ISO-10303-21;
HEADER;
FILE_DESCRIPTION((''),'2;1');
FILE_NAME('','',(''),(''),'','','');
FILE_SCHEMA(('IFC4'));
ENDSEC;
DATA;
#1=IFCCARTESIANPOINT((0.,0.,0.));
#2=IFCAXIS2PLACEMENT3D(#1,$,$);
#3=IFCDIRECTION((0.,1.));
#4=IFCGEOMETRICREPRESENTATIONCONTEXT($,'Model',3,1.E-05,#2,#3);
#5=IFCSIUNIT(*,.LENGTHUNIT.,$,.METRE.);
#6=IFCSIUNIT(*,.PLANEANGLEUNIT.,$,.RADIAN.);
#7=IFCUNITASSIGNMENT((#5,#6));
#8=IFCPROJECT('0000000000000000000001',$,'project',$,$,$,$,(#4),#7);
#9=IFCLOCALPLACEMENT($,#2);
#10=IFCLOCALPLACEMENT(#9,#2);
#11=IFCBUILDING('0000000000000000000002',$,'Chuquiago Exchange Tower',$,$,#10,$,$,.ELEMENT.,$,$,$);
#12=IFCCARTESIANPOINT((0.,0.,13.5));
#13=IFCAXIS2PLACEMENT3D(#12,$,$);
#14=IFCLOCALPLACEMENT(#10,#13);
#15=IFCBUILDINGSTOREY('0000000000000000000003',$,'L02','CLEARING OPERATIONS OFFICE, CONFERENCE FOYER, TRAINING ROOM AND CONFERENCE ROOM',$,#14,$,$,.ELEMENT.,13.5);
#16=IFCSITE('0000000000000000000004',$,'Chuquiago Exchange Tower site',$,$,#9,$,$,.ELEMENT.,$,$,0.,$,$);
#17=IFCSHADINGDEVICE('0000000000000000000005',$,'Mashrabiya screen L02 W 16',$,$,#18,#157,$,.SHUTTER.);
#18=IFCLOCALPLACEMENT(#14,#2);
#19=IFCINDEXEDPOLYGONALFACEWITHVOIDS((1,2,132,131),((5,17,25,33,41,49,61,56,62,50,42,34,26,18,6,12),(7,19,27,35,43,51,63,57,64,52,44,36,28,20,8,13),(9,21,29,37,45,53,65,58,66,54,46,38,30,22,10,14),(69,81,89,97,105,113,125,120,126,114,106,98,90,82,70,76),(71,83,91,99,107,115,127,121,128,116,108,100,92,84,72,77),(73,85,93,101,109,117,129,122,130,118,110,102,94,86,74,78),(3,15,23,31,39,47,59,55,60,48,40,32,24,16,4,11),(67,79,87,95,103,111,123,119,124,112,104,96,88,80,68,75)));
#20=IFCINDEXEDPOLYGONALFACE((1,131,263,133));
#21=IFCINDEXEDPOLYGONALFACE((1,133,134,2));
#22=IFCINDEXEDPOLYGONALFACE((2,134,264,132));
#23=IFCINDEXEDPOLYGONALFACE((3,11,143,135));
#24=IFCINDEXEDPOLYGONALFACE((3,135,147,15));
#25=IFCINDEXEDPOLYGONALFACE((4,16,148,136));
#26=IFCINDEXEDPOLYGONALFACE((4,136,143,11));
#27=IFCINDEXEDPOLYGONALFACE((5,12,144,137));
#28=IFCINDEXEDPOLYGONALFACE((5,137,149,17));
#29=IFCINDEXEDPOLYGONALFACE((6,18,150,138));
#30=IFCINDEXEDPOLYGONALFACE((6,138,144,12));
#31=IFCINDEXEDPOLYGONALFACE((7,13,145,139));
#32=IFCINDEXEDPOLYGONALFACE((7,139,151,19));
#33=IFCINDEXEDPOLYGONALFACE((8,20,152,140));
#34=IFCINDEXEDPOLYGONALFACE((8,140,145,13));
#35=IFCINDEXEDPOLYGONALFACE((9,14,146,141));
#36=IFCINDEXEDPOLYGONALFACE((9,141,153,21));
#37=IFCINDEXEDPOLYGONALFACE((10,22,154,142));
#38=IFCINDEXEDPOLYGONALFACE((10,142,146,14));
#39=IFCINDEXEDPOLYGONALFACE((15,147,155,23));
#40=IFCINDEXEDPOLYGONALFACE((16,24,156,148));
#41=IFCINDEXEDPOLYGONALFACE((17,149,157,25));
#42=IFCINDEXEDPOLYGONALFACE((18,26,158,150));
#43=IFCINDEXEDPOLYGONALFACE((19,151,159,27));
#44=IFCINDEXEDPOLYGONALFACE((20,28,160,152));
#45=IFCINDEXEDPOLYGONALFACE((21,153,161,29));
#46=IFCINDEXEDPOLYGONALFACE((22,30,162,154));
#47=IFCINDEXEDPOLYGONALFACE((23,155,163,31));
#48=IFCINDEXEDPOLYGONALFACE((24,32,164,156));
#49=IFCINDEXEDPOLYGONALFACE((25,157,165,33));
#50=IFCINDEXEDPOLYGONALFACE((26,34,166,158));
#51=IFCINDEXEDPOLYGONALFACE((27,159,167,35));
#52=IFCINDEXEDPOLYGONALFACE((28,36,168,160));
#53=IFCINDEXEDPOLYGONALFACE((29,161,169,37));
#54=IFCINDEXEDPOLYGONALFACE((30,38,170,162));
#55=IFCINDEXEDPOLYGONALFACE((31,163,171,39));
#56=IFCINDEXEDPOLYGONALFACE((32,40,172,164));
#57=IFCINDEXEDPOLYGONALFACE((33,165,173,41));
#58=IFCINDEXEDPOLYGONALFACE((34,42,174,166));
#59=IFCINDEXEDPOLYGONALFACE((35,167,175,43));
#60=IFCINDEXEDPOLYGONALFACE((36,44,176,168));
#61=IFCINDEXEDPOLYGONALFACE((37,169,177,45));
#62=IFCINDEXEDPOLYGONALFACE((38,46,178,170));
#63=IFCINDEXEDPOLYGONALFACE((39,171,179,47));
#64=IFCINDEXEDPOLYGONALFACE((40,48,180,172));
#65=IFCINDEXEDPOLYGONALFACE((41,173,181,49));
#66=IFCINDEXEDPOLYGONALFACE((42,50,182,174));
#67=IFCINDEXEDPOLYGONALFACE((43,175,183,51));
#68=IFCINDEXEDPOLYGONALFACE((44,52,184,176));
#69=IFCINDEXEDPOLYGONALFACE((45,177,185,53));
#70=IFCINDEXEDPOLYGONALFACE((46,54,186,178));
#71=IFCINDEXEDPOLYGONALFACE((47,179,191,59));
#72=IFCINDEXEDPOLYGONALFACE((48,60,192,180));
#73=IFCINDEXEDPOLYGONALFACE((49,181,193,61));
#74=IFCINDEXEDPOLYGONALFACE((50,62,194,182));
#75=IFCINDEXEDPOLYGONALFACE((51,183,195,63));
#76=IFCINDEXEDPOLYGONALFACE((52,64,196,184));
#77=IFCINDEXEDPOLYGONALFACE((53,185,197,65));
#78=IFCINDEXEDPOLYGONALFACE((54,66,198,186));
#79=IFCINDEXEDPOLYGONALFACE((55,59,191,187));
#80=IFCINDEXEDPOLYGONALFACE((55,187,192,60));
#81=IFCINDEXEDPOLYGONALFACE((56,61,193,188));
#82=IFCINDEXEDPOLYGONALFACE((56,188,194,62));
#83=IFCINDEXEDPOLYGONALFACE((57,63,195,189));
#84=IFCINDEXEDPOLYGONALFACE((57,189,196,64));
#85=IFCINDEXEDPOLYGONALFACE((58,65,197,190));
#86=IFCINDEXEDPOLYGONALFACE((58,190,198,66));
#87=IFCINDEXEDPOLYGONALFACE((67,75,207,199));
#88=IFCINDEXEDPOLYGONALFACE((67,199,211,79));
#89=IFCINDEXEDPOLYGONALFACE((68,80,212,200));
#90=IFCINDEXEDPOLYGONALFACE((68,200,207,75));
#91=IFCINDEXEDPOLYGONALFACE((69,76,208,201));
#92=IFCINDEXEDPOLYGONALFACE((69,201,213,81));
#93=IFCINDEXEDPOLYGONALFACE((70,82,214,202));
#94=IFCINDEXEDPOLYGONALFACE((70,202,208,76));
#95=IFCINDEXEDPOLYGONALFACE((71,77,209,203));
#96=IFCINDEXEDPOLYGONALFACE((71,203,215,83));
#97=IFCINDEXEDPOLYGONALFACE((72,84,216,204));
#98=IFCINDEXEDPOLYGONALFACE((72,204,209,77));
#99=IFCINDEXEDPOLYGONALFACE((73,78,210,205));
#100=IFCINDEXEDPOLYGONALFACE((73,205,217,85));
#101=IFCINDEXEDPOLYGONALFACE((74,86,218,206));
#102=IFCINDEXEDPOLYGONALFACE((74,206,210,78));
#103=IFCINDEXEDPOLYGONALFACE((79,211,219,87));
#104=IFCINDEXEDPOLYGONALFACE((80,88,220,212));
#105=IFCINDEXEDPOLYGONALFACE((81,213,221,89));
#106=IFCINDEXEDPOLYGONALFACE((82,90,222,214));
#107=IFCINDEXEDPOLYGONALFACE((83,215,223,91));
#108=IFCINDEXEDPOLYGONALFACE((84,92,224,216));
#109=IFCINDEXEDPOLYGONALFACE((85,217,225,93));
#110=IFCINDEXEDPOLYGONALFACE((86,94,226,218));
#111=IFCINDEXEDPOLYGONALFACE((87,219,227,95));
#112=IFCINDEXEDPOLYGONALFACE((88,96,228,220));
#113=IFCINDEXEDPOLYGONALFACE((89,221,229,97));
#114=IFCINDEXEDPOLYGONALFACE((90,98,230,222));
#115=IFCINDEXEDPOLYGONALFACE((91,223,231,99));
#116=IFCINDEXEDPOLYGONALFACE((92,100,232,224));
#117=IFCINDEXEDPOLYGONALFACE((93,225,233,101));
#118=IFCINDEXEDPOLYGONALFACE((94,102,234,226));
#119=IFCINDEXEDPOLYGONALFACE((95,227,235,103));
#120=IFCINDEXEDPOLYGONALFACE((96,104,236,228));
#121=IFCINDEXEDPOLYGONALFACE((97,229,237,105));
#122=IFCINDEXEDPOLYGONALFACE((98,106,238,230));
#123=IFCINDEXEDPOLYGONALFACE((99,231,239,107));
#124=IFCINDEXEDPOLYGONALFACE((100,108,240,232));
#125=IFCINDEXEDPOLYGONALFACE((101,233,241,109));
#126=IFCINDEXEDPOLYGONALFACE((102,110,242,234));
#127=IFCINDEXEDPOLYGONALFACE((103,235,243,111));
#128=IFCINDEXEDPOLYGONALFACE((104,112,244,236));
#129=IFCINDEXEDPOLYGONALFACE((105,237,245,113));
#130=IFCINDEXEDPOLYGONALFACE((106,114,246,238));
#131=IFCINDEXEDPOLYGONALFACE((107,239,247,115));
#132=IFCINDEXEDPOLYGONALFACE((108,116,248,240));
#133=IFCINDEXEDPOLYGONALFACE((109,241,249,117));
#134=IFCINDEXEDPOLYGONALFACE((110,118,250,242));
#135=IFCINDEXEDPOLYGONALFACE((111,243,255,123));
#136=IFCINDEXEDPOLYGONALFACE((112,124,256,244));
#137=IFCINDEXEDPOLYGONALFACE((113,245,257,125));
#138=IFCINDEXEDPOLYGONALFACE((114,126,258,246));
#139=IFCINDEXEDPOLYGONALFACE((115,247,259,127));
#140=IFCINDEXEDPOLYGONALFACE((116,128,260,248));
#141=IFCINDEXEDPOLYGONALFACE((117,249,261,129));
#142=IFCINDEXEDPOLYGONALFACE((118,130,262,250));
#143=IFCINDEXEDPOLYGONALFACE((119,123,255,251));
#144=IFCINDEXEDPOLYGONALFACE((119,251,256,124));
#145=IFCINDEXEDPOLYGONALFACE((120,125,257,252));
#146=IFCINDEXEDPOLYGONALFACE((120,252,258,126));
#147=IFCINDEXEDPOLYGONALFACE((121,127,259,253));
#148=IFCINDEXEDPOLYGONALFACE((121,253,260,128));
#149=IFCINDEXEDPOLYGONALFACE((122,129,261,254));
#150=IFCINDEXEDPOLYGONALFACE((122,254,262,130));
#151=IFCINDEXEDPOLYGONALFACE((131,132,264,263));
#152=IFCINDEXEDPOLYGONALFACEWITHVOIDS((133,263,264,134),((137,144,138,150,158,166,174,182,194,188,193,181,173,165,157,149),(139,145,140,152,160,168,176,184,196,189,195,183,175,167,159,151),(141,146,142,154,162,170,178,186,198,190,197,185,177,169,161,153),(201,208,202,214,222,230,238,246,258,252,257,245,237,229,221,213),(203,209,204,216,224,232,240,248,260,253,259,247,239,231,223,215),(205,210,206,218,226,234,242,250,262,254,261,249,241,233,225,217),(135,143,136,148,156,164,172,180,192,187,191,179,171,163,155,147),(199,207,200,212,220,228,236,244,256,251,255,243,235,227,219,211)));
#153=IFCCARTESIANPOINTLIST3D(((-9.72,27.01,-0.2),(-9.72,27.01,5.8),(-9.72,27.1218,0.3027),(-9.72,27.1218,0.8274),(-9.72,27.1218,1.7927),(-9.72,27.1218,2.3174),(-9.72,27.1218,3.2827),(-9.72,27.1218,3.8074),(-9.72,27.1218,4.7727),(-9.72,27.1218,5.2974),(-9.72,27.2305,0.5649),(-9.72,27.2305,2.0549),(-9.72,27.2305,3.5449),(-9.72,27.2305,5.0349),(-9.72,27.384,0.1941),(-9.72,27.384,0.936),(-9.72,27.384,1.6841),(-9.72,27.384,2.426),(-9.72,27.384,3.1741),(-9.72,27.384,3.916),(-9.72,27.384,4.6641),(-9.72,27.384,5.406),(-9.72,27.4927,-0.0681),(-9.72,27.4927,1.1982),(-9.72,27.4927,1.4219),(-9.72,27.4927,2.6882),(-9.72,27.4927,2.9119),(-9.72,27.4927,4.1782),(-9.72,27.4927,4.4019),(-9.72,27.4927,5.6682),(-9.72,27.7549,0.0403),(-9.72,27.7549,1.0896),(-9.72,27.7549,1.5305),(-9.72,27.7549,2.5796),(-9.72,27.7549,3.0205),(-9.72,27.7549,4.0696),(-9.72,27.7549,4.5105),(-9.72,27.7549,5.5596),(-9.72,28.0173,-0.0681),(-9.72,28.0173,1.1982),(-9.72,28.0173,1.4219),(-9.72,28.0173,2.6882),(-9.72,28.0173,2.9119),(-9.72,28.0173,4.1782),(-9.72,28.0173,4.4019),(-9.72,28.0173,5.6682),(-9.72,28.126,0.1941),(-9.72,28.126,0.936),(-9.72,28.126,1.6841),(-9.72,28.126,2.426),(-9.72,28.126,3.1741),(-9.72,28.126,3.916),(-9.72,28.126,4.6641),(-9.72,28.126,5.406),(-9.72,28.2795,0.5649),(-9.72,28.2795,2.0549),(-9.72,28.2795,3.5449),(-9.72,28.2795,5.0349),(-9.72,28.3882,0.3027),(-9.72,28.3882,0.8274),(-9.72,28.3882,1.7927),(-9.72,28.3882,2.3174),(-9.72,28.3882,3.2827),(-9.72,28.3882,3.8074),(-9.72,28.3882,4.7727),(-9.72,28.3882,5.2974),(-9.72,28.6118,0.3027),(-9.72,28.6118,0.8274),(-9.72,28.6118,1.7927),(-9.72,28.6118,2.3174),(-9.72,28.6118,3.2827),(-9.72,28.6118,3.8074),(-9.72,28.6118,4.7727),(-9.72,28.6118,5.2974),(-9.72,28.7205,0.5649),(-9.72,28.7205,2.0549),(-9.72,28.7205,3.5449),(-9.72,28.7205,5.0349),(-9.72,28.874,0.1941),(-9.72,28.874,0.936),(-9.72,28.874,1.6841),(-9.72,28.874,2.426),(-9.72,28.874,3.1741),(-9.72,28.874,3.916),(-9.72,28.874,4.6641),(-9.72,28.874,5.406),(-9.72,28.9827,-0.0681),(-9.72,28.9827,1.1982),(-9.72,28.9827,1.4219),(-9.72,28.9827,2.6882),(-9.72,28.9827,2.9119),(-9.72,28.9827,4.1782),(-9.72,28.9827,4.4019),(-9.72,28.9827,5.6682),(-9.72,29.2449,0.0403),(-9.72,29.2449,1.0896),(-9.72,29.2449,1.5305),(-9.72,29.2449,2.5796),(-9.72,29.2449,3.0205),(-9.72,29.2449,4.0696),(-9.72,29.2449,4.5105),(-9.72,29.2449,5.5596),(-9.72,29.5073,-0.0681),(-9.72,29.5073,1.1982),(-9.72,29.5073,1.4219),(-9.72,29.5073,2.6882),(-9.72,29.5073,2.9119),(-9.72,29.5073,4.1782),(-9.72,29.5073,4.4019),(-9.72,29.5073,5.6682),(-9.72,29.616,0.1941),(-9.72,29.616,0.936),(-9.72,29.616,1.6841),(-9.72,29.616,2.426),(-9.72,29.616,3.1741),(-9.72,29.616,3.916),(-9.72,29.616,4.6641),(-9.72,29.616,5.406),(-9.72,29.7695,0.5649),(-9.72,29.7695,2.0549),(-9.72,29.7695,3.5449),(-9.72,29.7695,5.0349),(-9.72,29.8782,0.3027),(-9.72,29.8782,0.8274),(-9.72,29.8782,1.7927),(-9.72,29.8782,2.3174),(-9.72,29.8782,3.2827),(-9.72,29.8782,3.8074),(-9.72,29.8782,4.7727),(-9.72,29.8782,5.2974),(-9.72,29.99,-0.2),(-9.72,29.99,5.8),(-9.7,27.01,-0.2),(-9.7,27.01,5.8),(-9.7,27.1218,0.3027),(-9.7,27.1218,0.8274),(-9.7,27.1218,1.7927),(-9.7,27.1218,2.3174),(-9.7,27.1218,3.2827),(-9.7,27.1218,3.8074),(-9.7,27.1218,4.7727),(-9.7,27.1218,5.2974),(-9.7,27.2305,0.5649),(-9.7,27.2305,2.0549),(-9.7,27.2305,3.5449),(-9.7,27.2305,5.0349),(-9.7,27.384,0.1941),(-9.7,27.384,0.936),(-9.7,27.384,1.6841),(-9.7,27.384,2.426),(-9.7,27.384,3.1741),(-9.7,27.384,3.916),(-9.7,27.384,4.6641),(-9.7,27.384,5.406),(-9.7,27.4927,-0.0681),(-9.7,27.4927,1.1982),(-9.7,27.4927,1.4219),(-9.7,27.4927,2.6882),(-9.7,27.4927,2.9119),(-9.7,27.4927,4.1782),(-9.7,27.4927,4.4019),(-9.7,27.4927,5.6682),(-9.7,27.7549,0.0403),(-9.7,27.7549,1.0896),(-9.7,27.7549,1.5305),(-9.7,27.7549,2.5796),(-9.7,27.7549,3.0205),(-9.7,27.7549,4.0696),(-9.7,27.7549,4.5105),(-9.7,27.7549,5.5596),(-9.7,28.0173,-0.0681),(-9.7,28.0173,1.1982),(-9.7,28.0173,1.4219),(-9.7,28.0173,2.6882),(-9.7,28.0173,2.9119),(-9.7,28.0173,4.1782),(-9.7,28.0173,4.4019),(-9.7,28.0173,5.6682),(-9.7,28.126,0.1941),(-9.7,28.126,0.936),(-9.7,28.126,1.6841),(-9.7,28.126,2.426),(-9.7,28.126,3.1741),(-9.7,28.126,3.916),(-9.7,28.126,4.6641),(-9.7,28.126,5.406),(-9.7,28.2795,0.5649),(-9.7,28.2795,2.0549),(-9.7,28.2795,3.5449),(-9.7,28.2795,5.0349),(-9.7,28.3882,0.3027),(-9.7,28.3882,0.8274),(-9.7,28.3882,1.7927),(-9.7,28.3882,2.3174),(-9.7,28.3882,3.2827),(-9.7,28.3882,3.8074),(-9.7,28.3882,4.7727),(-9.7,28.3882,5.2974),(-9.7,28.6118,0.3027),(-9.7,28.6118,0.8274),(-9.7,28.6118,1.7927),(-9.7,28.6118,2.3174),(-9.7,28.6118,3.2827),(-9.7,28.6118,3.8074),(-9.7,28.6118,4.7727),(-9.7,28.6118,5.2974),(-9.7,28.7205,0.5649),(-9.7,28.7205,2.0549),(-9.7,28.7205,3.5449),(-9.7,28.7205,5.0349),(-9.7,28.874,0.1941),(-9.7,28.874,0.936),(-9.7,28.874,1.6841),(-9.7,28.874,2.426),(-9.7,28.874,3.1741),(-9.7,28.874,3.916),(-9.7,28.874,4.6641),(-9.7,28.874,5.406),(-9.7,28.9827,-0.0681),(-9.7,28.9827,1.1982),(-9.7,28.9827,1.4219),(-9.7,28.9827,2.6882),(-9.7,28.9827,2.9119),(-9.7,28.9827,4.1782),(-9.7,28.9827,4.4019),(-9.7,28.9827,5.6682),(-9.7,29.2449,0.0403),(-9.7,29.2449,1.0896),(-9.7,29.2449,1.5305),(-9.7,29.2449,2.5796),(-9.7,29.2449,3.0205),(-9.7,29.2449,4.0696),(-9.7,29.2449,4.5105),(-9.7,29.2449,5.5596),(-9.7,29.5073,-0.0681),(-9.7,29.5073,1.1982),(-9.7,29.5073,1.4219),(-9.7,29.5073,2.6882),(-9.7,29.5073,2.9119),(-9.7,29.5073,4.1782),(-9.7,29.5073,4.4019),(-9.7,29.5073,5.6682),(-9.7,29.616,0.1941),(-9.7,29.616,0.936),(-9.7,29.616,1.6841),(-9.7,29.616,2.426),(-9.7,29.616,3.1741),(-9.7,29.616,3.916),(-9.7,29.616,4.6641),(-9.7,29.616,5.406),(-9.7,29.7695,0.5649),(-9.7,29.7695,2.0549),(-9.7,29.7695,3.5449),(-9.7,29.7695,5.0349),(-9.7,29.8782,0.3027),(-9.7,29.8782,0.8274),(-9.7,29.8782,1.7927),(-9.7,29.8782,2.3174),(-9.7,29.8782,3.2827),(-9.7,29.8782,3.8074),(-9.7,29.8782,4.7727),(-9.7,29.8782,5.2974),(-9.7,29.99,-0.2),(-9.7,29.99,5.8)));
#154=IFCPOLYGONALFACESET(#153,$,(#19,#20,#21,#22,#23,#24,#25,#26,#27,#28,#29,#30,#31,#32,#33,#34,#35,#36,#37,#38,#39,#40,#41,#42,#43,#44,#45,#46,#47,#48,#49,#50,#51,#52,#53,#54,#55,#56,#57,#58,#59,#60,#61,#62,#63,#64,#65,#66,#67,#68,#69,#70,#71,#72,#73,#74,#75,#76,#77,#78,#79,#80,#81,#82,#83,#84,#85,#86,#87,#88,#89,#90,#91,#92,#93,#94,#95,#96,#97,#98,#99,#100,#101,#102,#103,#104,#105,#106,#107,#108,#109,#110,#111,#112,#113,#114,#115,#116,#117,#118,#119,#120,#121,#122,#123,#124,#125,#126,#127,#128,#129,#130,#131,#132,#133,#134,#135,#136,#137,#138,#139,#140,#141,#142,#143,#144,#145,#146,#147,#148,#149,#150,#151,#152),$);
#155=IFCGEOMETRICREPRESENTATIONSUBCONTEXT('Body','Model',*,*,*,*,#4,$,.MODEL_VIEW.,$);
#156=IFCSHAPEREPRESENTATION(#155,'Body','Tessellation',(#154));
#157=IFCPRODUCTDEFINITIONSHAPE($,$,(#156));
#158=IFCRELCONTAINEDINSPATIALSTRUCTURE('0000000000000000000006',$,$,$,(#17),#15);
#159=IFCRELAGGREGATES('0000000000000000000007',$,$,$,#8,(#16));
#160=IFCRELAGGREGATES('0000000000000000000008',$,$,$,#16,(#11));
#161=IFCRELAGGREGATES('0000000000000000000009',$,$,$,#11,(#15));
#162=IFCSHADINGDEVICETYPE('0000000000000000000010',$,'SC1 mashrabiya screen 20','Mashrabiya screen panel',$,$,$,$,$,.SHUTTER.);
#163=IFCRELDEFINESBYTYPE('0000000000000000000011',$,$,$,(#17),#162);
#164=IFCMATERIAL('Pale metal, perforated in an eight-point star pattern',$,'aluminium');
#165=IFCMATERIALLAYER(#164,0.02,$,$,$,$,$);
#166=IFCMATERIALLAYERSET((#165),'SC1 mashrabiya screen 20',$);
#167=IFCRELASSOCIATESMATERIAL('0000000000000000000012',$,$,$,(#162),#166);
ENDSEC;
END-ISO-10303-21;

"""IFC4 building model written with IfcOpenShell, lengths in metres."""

from ifc_helpers import new_model, si_unit, direction, frame, origin, place, context, subcontext, project, spatial, polyline, outline, extrude, material, layer, layer_set, type_object, element, save


model = new_model("IFC4")

# Units and contexts
model_context = context("Model", 3, precision=1e-05, world=origin(), true_north=direction((0.0, 1.0)))
body_context = subcontext(model_context, "Body", "Model", "MODEL_VIEW")
ifc_project = project(units=[si_unit("LENGTHUNIT", "METRE"), si_unit("PLANEANGLEUNIT", "RADIAN")], contexts=[model_context])

# Site, building, storey
site_placement = place(None, origin())
site = spatial("IfcSite", under=ifc_project, at=site_placement, Name="Chuquiago Exchange Tower site", CompositionType="ELEMENT", RefElevation=0.0)
building_placement = place(site_placement, origin())
building = spatial("IfcBuilding", under=site, at=building_placement, Name="Chuquiago Exchange Tower", CompositionType="ELEMENT")
storey_placement = place(building_placement, frame((0.0, 0.0, 13.5)))
storey = spatial("IfcBuildingStorey", under=building, at=storey_placement, Name="L02", Description="CLEARING OPERATIONS OFFICE, CONFERENCE FOYER, TRAINING ROOM AND CONFERENCE ROOM", CompositionType="ELEMENT", Elevation=13.5)

# Shading device
ifc_material_1 = material(Name="Pale metal, perforated in an eight-point star pattern", Category="aluminium")
ifc_layer_1 = layer(ifc_material_1, 0.02)
ifc_layer_set_1 = layer_set([ifc_layer_1], Name="SC1 mashrabiya screen 20")
shading_device_type = type_object("IfcShadingDeviceType", Name="SC1 mashrabiya screen 20", Description="Mashrabiya screen panel", PredefinedType="SHUTTER", material=ifc_layer_set_1)
shading_device_1_placement = place(storey_placement, frame((-9.7, 29.99, -0.2), z_axis=(0.0, 0.0, 1.0), x_axis=(0.0, -1.0, 0.0)))
element("IfcShadingDevice", 1, at=shading_device_1_placement, inside=storey, type_object=shading_device_type, Name="Mashrabiya screen L02 W 16", PredefinedType="SHUTTER", context=body_context, shape_type="SweptSolid", body=[
    extrude(outline(polyline([(0.0, 0.0), (2.98, 0.0), (2.98, 6.0), (0.0, 6.0), (0.0, 0.0)]), holes=[polyline([(1.2695, 0.7649), (1.3782, 1.0273), (1.116, 1.136), (1.0073, 1.3982), (0.7451, 1.2896), (0.4827, 1.3982), (0.374, 1.136), (0.1118, 1.0273), (0.2205, 0.7649), (0.1118, 0.5027), (0.374, 0.394), (0.4827, 0.1318), (0.7451, 0.2402), (1.0073, 0.1318), (1.116, 0.394), (1.3782, 0.5027), (1.2695, 0.7649)]), polyline([(2.7595, 0.7649), (2.8682, 1.0273), (2.606, 1.136), (2.4973, 1.3982), (2.2351, 1.2896), (1.9727, 1.3982), (1.864, 1.136), (1.6018, 1.0273), (1.7104, 0.7649), (1.6018, 0.5027), (1.864, 0.394), (1.9727, 0.1318), (2.2351, 0.2402), (2.4973, 0.1318), (2.606, 0.394), (2.8682, 0.5027), (2.7595, 0.7649)]), polyline([(1.2695, 2.2549), (1.3782, 2.5173), (1.116, 2.626), (1.0073, 2.8882), (0.7451, 2.7795), (0.4827, 2.8882), (0.374, 2.626), (0.1118, 2.5173), (0.2205, 2.2549), (0.1118, 1.9927), (0.374, 1.884), (0.4827, 1.6218), (0.7451, 1.7305), (1.0073, 1.6218), (1.116, 1.884), (1.3782, 1.9927), (1.2695, 2.2549)]), polyline([(2.7595, 2.2549), (2.8682, 2.5173), (2.606, 2.626), (2.4973, 2.8882), (2.2351, 2.7795), (1.9727, 2.8882), (1.864, 2.626), (1.6018, 2.5173), (1.7104, 2.2549), (1.6018, 1.9927), (1.864, 1.884), (1.9727, 1.6218), (2.2351, 1.7305), (2.4973, 1.6218), (2.606, 1.884), (2.8682, 1.9927), (2.7595, 2.2549)]), polyline([(1.2695, 3.7449), (1.3782, 4.0073), (1.116, 4.116), (1.0073, 4.3782), (0.7451, 4.2695), (0.4827, 4.3782), (0.374, 4.116), (0.1118, 4.0073), (0.2205, 3.7449), (0.1118, 3.4827), (0.374, 3.374), (0.4827, 3.1118), (0.7451, 3.2205), (1.0073, 3.1118), (1.116, 3.374), (1.3782, 3.4827), (1.2695, 3.7449)]), polyline([(2.7595, 3.7449), (2.8682, 4.0073), (2.606, 4.116), (2.4973, 4.3782), (2.2351, 4.2695), (1.9727, 4.3782), (1.864, 4.116), (1.6018, 4.0073), (1.7104, 3.7449), (1.6018, 3.4827), (1.864, 3.374), (1.9727, 3.1118), (2.2351, 3.2205), (2.4973, 3.1118), (2.606, 3.374), (2.8682, 3.4827), (2.7595, 3.7449)]), polyline([(1.2695, 5.2349), (1.3782, 5.4973), (1.116, 5.606), (1.0073, 5.8682), (0.7451, 5.7595), (0.4827, 5.8682), (0.374, 5.606), (0.1118, 5.4973), (0.2205, 5.2349), (0.1118, 4.9727), (0.374, 4.864), (0.4827, 4.6018), (0.7451, 4.7104), (1.0073, 4.6018), (1.116, 4.864), (1.3782, 4.9727), (1.2695, 5.2349)]), polyline([(2.7595, 5.2349), (2.8682, 5.4973), (2.606, 5.606), (2.4973, 5.8682), (2.2351, 5.7595), (1.9727, 5.8682), (1.864, 5.606), (1.6018, 5.4973), (1.7104, 5.2349), (1.6018, 4.9727), (1.864, 4.864), (1.9727, 4.6018), (2.2351, 4.7104), (2.4973, 4.6018), (2.606, 4.864), (2.8682, 4.9727), (2.7595, 5.2349)])]), frame((0.0, 0.0, 0.0), z_axis=(0.0, -1.0, 0.0), x_axis=(1.0, 0.0, 0.0)), (0.0, 0.0, 1.0), 0.02),
])

save(model, "model.ifc")
